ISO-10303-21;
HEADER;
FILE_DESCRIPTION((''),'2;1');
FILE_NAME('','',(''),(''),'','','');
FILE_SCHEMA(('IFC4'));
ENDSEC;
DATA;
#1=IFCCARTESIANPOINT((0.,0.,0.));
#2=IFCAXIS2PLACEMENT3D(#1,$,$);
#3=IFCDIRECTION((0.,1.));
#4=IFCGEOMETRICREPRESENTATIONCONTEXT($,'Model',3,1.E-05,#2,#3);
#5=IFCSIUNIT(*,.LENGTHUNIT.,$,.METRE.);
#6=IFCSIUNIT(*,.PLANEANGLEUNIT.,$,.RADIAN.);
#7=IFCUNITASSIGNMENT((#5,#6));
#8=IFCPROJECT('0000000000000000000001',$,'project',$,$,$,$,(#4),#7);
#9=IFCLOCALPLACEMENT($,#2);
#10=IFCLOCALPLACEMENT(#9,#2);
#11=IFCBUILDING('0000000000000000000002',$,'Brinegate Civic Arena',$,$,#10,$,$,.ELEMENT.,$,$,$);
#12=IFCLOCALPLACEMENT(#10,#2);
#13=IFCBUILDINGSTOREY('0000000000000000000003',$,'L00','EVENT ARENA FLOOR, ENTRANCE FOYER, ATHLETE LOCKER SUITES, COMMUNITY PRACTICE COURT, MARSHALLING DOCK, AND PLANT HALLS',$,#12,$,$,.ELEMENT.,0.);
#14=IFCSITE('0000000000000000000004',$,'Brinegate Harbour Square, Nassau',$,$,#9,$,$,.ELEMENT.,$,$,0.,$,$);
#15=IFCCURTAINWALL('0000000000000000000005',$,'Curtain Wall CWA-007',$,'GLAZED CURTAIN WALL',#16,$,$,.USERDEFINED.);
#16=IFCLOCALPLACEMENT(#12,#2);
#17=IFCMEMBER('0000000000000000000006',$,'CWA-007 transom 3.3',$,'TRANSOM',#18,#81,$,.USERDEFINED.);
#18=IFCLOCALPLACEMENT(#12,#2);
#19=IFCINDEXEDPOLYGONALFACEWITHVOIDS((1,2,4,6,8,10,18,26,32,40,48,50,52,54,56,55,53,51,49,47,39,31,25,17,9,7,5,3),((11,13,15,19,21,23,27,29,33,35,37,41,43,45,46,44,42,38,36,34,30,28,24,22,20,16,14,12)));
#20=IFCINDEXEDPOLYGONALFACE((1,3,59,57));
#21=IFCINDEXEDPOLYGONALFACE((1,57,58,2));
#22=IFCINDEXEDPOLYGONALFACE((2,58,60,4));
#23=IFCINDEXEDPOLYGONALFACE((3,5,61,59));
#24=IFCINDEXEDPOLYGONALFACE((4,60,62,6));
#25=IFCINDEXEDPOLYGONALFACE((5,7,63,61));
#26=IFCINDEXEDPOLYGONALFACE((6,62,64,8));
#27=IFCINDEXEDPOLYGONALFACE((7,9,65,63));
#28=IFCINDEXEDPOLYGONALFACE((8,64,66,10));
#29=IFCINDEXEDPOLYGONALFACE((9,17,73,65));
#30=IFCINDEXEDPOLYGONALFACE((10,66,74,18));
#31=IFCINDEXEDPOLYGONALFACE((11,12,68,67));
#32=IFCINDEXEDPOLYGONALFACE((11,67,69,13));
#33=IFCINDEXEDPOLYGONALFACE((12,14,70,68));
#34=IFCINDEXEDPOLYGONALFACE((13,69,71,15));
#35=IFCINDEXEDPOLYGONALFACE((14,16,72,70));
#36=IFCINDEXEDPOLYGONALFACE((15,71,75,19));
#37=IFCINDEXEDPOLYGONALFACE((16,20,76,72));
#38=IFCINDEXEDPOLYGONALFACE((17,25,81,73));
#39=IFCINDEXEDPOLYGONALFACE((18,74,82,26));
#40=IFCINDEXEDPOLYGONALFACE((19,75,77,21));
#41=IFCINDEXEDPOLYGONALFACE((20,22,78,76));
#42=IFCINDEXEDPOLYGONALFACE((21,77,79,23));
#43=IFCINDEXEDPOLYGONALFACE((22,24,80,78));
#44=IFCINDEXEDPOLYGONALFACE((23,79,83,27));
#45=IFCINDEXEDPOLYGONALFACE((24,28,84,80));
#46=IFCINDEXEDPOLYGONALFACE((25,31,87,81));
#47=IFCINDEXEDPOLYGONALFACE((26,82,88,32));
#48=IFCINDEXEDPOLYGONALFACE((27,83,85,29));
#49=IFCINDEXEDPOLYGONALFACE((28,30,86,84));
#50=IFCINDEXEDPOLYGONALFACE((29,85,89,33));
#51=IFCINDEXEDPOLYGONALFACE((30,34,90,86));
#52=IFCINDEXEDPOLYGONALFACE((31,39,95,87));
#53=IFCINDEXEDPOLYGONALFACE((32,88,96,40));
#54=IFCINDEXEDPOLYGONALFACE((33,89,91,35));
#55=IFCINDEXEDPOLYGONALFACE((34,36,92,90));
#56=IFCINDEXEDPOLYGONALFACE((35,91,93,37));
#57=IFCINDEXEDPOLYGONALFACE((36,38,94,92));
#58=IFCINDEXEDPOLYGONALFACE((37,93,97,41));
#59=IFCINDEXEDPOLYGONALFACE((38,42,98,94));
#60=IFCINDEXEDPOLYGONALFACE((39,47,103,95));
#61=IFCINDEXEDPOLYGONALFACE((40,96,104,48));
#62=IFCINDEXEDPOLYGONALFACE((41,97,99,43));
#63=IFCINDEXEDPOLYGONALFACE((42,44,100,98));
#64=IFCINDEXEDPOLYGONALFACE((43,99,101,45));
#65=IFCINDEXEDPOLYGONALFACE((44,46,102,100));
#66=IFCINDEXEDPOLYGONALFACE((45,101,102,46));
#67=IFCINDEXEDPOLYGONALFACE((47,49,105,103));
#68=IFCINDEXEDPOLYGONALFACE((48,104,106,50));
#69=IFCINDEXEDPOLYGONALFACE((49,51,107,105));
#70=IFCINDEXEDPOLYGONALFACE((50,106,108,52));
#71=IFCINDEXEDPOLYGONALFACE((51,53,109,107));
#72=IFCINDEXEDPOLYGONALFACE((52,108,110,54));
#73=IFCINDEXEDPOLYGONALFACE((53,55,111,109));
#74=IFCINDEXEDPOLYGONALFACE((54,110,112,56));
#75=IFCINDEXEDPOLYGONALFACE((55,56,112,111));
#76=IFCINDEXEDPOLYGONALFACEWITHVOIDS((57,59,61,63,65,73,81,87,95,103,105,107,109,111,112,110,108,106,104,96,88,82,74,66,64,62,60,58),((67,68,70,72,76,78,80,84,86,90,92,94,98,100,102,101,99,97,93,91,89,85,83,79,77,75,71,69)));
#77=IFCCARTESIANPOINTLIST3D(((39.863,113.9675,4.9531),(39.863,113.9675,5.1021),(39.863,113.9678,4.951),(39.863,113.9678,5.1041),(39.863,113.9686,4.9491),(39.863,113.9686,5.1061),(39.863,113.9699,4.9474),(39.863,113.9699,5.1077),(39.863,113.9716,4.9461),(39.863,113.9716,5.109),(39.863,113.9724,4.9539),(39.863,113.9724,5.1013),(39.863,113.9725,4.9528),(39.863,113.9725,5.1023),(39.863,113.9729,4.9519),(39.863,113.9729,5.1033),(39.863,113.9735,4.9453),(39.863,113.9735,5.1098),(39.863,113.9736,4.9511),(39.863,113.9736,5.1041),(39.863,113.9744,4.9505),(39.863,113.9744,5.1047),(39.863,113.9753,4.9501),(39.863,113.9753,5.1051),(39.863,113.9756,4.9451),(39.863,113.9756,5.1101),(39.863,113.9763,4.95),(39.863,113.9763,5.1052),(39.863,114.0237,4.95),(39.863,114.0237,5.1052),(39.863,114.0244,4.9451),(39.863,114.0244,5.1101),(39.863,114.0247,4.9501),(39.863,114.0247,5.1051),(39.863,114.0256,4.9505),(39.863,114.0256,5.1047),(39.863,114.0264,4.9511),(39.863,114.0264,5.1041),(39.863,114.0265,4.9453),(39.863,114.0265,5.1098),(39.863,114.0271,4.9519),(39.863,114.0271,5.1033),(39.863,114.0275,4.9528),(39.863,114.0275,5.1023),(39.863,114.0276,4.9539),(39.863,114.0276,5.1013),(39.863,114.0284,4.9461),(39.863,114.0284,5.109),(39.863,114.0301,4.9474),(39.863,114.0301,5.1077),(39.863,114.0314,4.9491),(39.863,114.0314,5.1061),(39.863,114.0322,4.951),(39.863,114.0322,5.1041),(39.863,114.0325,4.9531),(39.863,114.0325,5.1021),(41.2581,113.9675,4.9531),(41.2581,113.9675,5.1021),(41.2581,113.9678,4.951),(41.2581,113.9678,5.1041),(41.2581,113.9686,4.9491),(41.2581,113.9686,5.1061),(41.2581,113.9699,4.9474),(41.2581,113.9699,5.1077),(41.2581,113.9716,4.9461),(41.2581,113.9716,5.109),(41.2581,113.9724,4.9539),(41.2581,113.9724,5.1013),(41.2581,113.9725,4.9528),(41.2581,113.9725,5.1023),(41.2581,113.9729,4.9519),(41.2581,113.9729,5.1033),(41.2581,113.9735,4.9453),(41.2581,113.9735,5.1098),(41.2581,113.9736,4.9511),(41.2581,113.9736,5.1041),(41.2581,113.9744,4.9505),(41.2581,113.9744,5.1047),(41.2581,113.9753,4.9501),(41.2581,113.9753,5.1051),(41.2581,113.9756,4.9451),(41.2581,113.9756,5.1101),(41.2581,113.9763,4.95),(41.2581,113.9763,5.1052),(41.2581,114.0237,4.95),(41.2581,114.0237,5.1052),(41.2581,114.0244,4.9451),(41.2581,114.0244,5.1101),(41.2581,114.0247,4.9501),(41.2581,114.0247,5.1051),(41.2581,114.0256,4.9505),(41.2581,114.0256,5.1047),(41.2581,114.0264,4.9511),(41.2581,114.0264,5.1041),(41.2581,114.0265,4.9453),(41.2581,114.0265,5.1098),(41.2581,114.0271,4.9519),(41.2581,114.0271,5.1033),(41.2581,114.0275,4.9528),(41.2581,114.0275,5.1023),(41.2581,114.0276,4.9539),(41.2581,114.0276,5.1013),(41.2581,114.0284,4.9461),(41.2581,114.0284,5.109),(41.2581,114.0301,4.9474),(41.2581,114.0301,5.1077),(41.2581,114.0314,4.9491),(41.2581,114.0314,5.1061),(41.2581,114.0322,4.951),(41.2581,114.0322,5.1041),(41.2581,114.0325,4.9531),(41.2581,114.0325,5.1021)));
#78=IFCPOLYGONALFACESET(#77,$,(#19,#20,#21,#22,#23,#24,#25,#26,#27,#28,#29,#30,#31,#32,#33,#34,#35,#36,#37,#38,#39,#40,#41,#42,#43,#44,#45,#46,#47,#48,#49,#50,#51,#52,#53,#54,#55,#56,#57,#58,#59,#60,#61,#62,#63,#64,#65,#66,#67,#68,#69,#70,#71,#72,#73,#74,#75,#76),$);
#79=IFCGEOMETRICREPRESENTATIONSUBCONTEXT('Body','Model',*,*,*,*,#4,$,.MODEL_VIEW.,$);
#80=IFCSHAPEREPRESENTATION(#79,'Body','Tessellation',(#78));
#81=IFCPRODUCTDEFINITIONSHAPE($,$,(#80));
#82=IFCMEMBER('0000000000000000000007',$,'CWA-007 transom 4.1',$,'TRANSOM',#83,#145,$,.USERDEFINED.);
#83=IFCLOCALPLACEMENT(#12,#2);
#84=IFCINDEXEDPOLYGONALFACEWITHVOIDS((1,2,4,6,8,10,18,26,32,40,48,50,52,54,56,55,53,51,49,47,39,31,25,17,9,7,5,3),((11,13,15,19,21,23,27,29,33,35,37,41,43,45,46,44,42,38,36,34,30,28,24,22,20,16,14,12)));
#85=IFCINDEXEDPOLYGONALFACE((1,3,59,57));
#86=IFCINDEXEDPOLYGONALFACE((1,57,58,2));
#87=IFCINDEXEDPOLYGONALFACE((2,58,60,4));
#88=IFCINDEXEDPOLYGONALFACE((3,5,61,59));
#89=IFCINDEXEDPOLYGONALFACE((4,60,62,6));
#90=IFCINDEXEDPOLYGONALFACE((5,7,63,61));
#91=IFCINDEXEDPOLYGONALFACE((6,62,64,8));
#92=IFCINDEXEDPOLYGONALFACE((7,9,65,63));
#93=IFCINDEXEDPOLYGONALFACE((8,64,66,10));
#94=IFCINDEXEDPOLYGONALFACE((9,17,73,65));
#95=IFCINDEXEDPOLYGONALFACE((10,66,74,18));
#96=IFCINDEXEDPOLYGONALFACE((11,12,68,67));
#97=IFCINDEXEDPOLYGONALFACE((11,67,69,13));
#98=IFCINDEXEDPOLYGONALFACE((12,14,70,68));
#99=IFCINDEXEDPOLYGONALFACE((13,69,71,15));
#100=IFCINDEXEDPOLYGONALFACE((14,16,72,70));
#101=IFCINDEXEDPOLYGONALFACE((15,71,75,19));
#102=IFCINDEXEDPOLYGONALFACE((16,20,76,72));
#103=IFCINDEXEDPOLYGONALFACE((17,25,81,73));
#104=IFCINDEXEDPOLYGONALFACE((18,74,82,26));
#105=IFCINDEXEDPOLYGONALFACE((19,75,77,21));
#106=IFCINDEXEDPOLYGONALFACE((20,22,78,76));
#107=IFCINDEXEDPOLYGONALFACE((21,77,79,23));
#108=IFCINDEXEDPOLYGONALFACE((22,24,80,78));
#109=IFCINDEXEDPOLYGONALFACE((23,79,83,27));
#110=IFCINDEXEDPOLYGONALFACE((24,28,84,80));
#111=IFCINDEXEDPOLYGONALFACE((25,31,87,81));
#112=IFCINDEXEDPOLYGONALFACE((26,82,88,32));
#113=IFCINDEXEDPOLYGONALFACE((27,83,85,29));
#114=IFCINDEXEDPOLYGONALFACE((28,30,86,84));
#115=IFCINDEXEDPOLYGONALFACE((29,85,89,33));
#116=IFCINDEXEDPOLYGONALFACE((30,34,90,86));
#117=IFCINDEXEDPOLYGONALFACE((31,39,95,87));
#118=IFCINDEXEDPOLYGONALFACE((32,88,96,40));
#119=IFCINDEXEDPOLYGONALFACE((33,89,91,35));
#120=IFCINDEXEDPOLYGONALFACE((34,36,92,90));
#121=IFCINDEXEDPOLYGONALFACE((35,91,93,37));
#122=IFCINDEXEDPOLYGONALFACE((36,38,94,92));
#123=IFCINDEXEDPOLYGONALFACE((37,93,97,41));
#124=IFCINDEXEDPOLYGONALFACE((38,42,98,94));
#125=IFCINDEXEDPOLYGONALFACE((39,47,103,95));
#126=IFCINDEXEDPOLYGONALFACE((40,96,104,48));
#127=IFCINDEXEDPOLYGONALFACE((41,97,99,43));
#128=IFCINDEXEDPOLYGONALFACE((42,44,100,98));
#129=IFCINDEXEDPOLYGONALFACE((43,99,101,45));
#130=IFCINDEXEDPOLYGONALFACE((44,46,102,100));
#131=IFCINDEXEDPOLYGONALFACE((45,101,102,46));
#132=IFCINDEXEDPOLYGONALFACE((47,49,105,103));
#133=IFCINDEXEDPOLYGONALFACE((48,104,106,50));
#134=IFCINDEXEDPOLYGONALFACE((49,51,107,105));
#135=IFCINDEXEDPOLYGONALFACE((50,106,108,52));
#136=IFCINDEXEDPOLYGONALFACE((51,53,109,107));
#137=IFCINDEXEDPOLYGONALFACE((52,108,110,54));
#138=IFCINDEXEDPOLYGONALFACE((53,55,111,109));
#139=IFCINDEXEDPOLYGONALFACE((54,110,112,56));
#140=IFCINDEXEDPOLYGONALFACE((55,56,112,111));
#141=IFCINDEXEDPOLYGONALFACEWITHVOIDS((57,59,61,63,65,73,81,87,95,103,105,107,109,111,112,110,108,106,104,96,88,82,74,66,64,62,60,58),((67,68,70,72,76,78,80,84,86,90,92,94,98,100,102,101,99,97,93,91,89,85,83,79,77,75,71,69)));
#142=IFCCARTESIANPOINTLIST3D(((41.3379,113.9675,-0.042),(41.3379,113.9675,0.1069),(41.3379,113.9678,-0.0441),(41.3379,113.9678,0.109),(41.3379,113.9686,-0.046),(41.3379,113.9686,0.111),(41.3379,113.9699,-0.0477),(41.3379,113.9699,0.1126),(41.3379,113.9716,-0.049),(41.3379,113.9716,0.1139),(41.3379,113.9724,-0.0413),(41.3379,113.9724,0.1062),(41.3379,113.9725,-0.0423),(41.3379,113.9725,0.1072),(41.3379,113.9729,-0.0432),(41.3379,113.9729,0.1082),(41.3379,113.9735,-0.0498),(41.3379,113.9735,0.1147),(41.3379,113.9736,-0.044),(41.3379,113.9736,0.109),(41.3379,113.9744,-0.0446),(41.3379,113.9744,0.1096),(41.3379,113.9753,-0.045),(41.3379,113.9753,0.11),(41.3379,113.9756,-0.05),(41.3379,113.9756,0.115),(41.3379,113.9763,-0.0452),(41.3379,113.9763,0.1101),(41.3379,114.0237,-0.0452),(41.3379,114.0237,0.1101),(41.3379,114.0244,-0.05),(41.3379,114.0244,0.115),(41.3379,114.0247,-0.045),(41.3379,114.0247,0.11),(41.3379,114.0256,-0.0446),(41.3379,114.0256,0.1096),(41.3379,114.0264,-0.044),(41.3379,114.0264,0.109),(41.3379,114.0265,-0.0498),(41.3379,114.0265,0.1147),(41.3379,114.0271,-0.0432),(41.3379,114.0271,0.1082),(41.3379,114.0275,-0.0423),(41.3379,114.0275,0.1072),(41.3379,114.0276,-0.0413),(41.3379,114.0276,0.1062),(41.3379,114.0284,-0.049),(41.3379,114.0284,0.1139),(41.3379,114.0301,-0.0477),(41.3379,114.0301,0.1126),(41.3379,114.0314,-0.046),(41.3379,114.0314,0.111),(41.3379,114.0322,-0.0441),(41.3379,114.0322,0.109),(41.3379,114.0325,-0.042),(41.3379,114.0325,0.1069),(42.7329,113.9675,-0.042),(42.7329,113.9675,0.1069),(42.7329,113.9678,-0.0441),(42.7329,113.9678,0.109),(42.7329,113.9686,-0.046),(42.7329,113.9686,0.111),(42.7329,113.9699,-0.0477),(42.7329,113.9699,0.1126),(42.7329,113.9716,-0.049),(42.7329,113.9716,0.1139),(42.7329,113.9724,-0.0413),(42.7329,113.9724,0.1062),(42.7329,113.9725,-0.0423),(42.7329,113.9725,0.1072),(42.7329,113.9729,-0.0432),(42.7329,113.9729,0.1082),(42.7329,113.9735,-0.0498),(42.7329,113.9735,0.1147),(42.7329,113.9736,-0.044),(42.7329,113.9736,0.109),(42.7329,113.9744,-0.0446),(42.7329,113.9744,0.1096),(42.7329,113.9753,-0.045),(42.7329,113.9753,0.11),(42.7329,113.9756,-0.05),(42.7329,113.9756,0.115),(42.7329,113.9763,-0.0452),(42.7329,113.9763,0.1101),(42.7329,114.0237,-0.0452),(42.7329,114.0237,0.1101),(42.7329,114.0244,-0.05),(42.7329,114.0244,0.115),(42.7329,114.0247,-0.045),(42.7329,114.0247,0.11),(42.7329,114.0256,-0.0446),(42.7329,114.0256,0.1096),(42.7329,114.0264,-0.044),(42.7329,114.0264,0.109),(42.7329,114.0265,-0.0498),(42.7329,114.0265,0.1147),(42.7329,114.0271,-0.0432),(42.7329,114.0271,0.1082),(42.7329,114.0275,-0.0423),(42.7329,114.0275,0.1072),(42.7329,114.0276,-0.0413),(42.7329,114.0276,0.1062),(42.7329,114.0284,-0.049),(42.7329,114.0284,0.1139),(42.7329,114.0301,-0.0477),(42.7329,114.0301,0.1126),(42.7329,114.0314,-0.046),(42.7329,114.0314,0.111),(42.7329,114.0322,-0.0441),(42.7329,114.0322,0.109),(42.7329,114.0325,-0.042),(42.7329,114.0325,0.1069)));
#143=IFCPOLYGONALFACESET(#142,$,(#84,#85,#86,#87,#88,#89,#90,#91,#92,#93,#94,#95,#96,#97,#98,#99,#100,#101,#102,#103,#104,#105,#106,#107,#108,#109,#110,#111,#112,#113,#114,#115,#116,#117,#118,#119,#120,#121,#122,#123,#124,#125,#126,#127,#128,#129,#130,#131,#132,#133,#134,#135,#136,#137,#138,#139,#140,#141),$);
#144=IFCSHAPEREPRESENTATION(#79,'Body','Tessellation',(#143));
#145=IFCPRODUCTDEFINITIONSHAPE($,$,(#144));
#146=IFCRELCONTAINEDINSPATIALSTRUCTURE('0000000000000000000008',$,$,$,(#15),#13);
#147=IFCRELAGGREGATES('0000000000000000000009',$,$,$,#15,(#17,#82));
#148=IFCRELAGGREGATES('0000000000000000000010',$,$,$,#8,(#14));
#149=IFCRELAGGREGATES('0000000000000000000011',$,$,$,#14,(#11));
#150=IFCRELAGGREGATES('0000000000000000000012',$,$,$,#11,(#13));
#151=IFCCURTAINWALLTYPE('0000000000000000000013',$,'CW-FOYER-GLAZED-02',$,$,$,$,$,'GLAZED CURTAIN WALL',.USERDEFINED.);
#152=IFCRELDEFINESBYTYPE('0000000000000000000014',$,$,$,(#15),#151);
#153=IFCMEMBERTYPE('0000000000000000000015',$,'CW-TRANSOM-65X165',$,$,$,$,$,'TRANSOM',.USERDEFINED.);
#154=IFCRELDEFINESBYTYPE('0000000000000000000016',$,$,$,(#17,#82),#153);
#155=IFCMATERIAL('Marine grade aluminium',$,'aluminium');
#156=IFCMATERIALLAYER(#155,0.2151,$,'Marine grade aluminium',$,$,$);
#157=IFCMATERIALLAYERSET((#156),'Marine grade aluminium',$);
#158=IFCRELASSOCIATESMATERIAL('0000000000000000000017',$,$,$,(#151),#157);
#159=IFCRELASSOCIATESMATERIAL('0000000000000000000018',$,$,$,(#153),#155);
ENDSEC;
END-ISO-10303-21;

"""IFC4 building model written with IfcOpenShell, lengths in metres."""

from ifc_helpers import new_model, si_unit, direction, frame, origin, origin_2d, place, context, subcontext, project, spatial, hollow_rectangle, extrude, material, layer, layer_set, material_profile, profile_set, type_object, element, aggregate, save


model = new_model("IFC4")

# Units and contexts
model_context = context("Model", 3, precision=1e-05, world=origin(), true_north=direction((0.0, 1.0)))
body_context = subcontext(model_context, "Body", "Model", "MODEL_VIEW")
ifc_project = project(units=[si_unit("LENGTHUNIT", "METRE"), si_unit("PLANEANGLEUNIT", "RADIAN")], contexts=[model_context])

# Site, building, storey
site_placement = place(None, origin())
site = spatial("IfcSite", under=ifc_project, at=site_placement, Name="Brinegate Harbour Square, Nassau", CompositionType="ELEMENT", RefElevation=0.0)
building_placement = place(site_placement, origin())
building = spatial("IfcBuilding", under=site, at=building_placement, Name="Brinegate Civic Arena", CompositionType="ELEMENT")
storey_placement = place(building_placement, origin())
storey = spatial("IfcBuildingStorey", under=building, at=storey_placement, Name="L00", Description="EVENT ARENA FLOOR, ENTRANCE FOYER, ATHLETE LOCKER SUITES, COMMUNITY PRACTICE COURT, MARSHALLING DOCK, AND PLANT HALLS", CompositionType="ELEMENT", Elevation=0.0)

# Curtain wall, members
ifc_material_1 = material(Name="Marine grade aluminium", Category="aluminium")
ifc_layer_1 = layer(ifc_material_1, 0.2151, Name="Marine grade aluminium")
ifc_layer_set_1 = layer_set([ifc_layer_1], Name="Marine grade aluminium")
curtain_wall_type = type_object("IfcCurtainWallType", Name="CW-FOYER-GLAZED-02", ElementType="GLAZED CURTAIN WALL", PredefinedType="USERDEFINED", material=ifc_layer_set_1)
curtain_wall_placement = place(storey_placement, origin())
curtain_wall = element("IfcCurtainWall", 1, at=curtain_wall_placement, inside=storey, type_object=curtain_wall_type, Name="Curtain Wall CWA-007", ObjectType="GLAZED CURTAIN WALL", PredefinedType="USERDEFINED")
ifc_material_profile_1 = material_profile(ifc_material_1, hollow_rectangle(XDim=0.0649, YDim=0.165, WallThickness=0.0049, InnerFilletRadius=0.0039, OuterFilletRadius=0.0081, at=origin_2d()), Name="TRN65X165")
ifc_profile_set_1 = profile_set([ifc_material_profile_1], Name="Marine grade aluminium")
member_type_1 = type_object("IfcMemberType", Name="CW-TRANSOM-65X165", ElementType="TRANSOM", PredefinedType="USERDEFINED", material=ifc_profile_set_1)
member_1_placement = place(storey_placement, frame((39.863, 114.0, 5.0276), z_axis=(1.0, 0.0, 0.0), x_axis=(0.0, 1.0, 0.0)))
member_1 = element("IfcMember", 2, at=member_1_placement, type_object=member_type_1, Name="CWA-007 transom 3.3", ObjectType="TRANSOM", PredefinedType="USERDEFINED", context=body_context, shape_type="SweptSolid", body=[
    extrude(hollow_rectangle(XDim=0.0649, YDim=0.165, WallThickness=0.0049, InnerFilletRadius=0.0039, OuterFilletRadius=0.0081, at=origin_2d()), origin(), (0.0, 0.0, 1.0), 1.395),
])
member_2_placement = place(storey_placement, frame((41.3379, 114.0, 0.0325), z_axis=(1.0, 0.0, 0.0), x_axis=(0.0, 1.0, 0.0)))
member_2 = element("IfcMember", 3, at=member_2_placement, type_object=member_type_1, Name="CWA-007 transom 4.1", ObjectType="TRANSOM", PredefinedType="USERDEFINED", context=body_context, shape_type="SweptSolid", body=[
    extrude(hollow_rectangle(XDim=0.0649, YDim=0.165, WallThickness=0.0049, InnerFilletRadius=0.0039, OuterFilletRadius=0.0081, at=origin_2d()), origin(), (0.0, 0.0, 1.0), 1.395),
])
aggregate(curtain_wall, [member_1, member_2])

save(model, "model.ifc")
